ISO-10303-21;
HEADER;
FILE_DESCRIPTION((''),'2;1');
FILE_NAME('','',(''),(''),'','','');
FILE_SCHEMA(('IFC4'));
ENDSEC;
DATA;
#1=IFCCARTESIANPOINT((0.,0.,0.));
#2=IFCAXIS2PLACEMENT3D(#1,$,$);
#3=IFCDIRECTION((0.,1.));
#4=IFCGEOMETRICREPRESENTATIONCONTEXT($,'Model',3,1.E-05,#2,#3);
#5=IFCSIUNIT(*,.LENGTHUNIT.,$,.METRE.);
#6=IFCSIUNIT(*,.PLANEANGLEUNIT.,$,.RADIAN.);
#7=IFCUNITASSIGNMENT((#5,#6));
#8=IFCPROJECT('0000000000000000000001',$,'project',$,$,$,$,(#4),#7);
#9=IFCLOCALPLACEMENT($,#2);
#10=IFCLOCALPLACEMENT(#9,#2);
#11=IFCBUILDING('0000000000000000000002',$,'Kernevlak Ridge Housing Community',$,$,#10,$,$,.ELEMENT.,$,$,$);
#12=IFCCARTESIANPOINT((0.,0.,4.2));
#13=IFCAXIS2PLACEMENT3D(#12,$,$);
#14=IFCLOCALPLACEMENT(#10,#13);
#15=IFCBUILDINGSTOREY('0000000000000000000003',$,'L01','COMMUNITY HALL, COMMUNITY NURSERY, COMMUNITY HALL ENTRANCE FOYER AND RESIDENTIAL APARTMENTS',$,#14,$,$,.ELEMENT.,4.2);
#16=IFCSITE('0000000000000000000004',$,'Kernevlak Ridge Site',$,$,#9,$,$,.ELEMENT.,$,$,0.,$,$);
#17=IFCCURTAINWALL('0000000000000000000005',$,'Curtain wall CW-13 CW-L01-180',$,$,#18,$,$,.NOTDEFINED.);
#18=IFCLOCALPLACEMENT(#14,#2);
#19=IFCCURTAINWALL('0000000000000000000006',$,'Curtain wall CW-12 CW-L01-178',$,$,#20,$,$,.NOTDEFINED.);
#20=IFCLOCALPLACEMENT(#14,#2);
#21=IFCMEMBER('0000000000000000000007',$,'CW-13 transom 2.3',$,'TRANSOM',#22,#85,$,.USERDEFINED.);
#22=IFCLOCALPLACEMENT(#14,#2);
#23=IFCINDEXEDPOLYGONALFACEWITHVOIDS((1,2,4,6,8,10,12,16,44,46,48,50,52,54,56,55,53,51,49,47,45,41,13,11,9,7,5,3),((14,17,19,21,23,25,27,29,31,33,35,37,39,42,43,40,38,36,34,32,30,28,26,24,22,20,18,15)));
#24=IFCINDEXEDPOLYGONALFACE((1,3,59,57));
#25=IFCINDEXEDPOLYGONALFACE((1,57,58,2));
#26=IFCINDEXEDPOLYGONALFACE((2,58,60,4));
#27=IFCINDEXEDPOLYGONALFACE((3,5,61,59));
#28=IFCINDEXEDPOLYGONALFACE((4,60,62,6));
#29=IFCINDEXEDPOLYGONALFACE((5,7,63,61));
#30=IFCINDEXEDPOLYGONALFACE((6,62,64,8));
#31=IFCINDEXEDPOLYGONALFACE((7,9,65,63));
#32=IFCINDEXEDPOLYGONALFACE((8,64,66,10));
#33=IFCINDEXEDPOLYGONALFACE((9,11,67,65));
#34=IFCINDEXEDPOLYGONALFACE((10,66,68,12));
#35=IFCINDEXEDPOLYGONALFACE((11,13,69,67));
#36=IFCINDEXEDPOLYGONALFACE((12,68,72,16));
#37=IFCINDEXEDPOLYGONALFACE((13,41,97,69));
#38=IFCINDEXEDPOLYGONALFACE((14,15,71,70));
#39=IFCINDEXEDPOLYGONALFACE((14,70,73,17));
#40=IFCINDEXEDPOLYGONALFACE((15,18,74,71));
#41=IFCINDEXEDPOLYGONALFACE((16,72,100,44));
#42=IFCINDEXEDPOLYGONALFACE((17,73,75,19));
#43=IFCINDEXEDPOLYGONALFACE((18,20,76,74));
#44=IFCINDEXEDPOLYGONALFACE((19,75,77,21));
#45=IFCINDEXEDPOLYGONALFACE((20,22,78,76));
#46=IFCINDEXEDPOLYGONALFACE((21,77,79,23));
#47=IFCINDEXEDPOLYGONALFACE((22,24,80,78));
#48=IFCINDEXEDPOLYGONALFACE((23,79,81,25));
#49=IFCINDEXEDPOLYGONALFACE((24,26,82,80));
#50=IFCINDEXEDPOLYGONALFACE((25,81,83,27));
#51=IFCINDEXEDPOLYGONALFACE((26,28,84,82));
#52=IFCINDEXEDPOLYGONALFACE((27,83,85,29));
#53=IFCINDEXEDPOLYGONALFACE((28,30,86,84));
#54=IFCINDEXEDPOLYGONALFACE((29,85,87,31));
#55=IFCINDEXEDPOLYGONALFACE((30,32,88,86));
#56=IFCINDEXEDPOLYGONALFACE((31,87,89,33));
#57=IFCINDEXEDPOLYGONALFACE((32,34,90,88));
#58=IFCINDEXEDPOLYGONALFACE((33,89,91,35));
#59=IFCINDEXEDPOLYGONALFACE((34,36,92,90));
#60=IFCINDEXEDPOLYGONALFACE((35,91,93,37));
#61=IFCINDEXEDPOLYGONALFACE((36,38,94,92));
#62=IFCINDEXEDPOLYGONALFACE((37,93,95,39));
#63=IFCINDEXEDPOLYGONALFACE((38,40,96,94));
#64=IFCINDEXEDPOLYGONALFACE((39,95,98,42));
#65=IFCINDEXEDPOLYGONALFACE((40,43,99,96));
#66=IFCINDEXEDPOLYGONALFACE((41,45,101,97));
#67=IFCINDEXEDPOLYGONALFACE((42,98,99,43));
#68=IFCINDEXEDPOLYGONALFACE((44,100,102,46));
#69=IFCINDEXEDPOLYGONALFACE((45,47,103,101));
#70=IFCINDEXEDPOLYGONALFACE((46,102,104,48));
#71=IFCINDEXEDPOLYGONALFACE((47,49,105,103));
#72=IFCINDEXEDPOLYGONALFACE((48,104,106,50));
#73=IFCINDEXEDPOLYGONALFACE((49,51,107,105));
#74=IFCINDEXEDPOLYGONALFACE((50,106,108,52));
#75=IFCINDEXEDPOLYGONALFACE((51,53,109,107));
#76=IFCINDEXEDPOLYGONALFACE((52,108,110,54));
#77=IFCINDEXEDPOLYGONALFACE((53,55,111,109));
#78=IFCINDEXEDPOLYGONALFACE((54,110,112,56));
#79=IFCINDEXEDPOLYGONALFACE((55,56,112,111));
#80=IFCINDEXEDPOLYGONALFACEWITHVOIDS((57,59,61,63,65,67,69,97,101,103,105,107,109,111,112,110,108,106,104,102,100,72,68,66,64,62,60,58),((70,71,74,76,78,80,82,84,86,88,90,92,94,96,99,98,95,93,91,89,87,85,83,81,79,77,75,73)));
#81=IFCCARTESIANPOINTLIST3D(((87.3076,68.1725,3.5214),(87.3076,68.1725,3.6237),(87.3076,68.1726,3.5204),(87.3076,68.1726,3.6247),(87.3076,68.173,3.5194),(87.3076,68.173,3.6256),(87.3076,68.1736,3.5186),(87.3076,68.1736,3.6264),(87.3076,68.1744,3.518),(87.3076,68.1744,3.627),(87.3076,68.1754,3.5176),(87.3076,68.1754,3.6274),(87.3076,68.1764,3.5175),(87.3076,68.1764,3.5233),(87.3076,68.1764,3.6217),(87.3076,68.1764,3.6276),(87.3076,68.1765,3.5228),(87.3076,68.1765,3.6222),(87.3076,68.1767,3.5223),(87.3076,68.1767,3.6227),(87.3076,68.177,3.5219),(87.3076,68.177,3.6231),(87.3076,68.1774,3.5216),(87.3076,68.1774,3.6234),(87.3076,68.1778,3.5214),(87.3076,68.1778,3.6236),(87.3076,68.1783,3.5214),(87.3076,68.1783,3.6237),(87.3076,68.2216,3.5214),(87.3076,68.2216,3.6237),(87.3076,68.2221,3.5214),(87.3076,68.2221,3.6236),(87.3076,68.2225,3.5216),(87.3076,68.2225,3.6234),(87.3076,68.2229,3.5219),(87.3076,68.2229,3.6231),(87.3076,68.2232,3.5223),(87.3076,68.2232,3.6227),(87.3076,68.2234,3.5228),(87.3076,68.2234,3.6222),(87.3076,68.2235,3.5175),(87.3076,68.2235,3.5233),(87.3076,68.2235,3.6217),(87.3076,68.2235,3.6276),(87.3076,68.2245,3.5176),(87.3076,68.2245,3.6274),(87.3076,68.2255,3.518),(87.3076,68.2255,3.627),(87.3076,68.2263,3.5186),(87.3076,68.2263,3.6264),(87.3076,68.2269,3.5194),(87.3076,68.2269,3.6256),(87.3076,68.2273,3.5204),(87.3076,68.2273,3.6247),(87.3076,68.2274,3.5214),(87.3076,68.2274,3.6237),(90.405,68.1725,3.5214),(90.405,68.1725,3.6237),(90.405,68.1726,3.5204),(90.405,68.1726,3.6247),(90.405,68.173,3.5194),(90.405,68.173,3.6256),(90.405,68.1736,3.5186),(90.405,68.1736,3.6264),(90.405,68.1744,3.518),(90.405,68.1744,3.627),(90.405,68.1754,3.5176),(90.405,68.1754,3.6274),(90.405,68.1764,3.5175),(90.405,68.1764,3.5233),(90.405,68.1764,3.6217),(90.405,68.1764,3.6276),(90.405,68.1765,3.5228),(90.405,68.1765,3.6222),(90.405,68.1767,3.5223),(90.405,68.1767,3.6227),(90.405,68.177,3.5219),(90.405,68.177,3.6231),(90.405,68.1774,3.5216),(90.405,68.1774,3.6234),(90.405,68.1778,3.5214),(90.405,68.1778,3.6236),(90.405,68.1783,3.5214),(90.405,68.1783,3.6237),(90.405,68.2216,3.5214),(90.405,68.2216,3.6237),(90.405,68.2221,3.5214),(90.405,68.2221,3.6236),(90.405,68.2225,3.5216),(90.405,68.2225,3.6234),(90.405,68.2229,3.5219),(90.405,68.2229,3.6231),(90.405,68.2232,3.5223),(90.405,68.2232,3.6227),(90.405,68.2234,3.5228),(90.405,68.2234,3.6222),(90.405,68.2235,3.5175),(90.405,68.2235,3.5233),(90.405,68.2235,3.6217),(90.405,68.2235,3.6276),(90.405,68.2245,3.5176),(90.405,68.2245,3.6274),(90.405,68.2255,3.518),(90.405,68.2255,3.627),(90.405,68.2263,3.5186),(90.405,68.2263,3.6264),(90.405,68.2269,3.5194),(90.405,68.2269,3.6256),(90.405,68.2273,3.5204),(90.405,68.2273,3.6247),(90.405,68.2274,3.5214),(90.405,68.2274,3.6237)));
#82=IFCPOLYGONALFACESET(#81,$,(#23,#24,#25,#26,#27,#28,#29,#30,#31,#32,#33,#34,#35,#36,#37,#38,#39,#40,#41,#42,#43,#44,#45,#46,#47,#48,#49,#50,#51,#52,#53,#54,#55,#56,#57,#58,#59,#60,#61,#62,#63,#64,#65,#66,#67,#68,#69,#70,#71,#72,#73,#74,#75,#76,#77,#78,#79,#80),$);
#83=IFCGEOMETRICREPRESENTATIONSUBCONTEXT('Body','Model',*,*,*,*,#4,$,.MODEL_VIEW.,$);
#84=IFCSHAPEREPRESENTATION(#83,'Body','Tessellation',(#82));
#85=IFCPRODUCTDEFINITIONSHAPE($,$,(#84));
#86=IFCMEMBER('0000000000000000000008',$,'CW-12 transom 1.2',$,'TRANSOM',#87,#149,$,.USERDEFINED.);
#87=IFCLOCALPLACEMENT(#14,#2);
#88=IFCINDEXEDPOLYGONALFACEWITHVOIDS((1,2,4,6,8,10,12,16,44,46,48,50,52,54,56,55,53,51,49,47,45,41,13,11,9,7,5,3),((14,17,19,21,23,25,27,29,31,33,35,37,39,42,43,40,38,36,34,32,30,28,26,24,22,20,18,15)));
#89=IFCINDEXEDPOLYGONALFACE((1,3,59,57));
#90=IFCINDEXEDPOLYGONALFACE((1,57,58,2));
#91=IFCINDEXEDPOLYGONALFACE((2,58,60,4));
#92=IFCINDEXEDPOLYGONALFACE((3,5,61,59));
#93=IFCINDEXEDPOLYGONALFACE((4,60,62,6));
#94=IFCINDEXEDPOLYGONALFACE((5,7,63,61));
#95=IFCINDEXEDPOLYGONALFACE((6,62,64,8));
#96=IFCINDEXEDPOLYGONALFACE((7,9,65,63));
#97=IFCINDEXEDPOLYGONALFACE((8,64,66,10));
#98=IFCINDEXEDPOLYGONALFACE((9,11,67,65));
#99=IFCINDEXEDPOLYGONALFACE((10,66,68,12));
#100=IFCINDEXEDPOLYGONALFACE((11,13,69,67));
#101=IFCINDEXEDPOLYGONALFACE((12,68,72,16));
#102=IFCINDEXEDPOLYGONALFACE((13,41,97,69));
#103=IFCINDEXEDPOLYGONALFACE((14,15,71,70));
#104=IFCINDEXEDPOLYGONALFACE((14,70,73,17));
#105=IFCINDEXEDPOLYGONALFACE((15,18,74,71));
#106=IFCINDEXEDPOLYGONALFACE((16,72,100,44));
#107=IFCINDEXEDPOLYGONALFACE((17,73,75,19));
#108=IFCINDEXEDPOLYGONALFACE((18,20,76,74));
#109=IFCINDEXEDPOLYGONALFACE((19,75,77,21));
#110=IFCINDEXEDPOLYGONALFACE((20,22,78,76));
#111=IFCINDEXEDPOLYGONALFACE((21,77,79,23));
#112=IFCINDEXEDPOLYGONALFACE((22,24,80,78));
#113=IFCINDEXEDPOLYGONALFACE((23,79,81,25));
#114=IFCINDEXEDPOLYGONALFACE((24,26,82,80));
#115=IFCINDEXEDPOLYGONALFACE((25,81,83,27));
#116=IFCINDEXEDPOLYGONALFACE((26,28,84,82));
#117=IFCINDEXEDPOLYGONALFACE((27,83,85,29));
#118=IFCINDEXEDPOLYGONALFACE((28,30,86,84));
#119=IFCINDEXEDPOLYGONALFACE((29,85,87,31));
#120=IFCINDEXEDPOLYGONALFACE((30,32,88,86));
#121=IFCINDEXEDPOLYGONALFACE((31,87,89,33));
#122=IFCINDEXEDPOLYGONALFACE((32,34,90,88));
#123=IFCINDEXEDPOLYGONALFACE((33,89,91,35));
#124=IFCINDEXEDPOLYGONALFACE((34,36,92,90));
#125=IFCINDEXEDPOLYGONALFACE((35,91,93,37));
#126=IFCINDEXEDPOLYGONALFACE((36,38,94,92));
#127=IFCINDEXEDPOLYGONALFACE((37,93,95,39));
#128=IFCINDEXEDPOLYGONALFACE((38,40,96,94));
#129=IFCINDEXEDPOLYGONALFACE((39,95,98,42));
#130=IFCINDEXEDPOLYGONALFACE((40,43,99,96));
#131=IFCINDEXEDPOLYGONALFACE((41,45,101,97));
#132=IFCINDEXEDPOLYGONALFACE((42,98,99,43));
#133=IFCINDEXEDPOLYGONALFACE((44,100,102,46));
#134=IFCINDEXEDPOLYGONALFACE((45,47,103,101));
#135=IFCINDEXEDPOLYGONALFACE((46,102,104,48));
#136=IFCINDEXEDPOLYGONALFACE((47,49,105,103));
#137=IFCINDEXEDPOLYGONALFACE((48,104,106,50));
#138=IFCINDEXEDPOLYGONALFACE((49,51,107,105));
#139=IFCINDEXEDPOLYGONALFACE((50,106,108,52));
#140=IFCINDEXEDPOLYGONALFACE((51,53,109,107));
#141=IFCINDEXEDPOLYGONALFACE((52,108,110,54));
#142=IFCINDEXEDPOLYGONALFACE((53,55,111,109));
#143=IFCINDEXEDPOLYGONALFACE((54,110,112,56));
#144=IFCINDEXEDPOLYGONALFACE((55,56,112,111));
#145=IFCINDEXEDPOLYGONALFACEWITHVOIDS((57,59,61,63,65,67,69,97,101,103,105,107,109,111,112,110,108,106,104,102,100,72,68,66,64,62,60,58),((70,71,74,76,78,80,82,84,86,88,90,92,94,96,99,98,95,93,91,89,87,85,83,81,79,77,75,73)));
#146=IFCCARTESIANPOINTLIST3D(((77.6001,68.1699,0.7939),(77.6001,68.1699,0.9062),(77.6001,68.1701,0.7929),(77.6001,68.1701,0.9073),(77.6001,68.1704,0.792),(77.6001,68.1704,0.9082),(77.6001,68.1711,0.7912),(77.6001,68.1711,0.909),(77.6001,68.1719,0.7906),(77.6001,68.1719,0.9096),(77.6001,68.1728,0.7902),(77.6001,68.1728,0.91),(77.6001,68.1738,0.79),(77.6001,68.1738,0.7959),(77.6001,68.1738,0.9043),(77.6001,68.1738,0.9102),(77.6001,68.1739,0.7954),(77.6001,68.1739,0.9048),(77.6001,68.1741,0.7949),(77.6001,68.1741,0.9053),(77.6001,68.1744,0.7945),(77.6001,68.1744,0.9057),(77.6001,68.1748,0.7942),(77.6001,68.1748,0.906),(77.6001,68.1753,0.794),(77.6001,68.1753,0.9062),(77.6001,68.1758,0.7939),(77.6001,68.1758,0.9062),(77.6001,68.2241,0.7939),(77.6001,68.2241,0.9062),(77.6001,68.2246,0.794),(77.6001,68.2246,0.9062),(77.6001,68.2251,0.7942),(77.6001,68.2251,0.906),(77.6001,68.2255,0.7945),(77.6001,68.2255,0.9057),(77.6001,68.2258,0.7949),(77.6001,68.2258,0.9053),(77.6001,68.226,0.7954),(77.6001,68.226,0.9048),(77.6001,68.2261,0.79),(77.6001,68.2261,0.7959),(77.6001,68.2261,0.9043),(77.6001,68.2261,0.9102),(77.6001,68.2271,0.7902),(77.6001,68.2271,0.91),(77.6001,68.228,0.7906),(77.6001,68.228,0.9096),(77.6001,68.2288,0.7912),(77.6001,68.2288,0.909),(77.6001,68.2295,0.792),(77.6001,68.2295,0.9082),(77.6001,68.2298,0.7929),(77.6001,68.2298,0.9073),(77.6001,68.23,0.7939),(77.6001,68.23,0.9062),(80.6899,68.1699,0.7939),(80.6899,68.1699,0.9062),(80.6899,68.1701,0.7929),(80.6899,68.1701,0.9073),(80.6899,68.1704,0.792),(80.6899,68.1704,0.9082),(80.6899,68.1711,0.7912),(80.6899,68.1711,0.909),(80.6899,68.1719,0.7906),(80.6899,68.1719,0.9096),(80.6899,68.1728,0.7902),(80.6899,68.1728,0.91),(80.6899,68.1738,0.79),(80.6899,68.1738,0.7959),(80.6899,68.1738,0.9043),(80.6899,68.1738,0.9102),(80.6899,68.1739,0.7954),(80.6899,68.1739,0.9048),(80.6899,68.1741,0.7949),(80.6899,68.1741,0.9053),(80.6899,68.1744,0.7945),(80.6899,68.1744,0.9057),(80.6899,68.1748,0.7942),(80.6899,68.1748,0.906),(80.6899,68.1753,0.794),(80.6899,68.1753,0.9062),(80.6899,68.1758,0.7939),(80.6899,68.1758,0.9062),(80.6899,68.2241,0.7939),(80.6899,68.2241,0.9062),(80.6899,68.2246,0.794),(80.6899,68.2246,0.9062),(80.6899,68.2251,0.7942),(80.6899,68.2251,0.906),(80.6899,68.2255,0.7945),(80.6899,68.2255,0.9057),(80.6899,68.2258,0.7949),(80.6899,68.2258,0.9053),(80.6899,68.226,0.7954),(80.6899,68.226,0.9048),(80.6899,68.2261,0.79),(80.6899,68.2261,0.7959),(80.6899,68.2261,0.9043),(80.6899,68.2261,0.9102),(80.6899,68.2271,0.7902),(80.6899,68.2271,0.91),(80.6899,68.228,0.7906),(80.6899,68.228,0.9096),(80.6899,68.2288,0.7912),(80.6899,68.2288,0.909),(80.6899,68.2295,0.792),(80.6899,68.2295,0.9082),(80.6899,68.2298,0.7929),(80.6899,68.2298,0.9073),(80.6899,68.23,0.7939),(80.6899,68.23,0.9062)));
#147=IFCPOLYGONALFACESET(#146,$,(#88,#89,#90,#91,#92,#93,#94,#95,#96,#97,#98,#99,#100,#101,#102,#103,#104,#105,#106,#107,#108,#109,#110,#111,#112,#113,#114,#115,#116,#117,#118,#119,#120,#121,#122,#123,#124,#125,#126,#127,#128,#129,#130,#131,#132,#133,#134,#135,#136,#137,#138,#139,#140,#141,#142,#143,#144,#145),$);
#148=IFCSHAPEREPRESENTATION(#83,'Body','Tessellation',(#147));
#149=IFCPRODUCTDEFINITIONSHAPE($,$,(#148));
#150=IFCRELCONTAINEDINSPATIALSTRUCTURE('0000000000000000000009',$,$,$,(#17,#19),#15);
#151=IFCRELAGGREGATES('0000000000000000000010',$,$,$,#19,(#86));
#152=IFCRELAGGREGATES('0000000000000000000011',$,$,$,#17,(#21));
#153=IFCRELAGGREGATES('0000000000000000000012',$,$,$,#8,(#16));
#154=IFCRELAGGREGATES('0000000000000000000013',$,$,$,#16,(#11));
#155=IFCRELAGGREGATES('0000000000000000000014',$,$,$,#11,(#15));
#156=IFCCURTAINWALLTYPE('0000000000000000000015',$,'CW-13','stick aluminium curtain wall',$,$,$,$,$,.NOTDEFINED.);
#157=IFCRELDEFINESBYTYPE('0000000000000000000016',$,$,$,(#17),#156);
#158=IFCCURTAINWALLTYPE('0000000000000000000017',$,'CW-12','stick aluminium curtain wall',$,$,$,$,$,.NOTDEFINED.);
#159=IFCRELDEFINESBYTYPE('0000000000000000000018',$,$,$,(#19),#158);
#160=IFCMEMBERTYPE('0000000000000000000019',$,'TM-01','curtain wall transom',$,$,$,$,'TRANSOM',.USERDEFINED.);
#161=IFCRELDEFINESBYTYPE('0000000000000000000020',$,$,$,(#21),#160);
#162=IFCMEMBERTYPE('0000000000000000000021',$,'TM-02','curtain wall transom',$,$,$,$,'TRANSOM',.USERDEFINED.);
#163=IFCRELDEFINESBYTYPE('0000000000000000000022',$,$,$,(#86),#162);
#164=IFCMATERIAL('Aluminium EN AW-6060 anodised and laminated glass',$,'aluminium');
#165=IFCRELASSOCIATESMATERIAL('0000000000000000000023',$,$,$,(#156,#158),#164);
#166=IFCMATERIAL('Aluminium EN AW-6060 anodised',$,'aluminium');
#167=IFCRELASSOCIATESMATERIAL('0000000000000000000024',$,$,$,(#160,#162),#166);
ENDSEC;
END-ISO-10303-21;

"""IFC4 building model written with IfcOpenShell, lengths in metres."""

from ifc_helpers import new_model, si_unit, direction, frame, origin, origin_2d, place, context, subcontext, project, spatial, hollow_rectangle, extrude, material, material_profile, profile_set, type_object, element, aggregate, save


model = new_model("IFC4")

# Units and contexts
model_context = context("Model", 3, precision=1e-05, world=origin(), true_north=direction((0.0, 1.0)))
body_context = subcontext(model_context, "Body", "Model", "MODEL_VIEW")
ifc_project = project(units=[si_unit("LENGTHUNIT", "METRE"), si_unit("PLANEANGLEUNIT", "RADIAN")], contexts=[model_context])

# Site, building, storey
site_placement = place(None, origin())
site = spatial("IfcSite", under=ifc_project, at=site_placement, Name="Kernevlak Ridge Site", CompositionType="ELEMENT", RefElevation=0.0)
building_placement = place(site_placement, origin())
building = spatial("IfcBuilding", under=site, at=building_placement, Name="Kernevlak Ridge Housing Community", CompositionType="ELEMENT")
storey_placement = place(building_placement, frame((0.0, 0.0, 4.2)))
storey = spatial("IfcBuildingStorey", under=building, at=storey_placement, Name="L01", Description="COMMUNITY HALL, COMMUNITY NURSERY, COMMUNITY HALL ENTRANCE FOYER AND RESIDENTIAL APARTMENTS", CompositionType="ELEMENT", Elevation=4.2)

# Curtain walls
ifc_material_1 = material(Name="Aluminium EN AW-6060 anodised and laminated glass", Category="aluminium")
curtain_wall_type_1 = type_object("IfcCurtainWallType", Name="CW-13", Description="stick aluminium curtain wall", PredefinedType="NOTDEFINED", material=ifc_material_1)
curtain_wall_1_placement = place(storey_placement, origin())
curtain_wall_1 = element("IfcCurtainWall", 1, at=curtain_wall_1_placement, inside=storey, type_object=curtain_wall_type_1, Name="Curtain wall CW-13 CW-L01-180", PredefinedType="NOTDEFINED")
ifc_material_2 = material(Name="Aluminium EN AW-6060 anodised", Category="aluminium")
curtain_wall_type_2 = type_object("IfcCurtainWallType", Name="CW-12", Description="stick aluminium curtain wall", PredefinedType="NOTDEFINED", material=ifc_material_1)
curtain_wall_2_placement = place(storey_placement, origin())
curtain_wall_2 = element("IfcCurtainWall", 2, at=curtain_wall_2_placement, inside=storey, type_object=curtain_wall_type_2, Name="Curtain wall CW-12 CW-L01-178", PredefinedType="NOTDEFINED")

# Members
ifc_material_profile_1 = material_profile(ifc_material_2, hollow_rectangle(XDim=0.0549, YDim=0.1101, WallThickness=0.0039, InnerFilletRadius=0.002, OuterFilletRadius=0.0039, at=origin_2d()), Name="ALU 55x110x4")
ifc_profile_set_1 = profile_set([ifc_material_profile_1], Name="Aluminium EN AW-6060 anodised")
member_type_1 = type_object("IfcMemberType", Name="TM-01", Description="curtain wall transom", ElementType="TRANSOM", PredefinedType="USERDEFINED", material=ifc_profile_set_1)
member_1_placement = place(storey_placement, frame((87.3076, 68.2, 3.5725), z_axis=(1.0, 0.0, 0.0), x_axis=(0.0, 1.0, 0.0)))
member_1 = element("IfcMember", 3, at=member_1_placement, type_object=member_type_1, Name="CW-13 transom 2.3", ObjectType="TRANSOM", PredefinedType="USERDEFINED", context=body_context, shape_type="SweptSolid", body=[
    extrude(hollow_rectangle(XDim=0.0549, YDim=0.1101, WallThickness=0.0039, InnerFilletRadius=0.002, OuterFilletRadius=0.0039, at=origin_2d()), origin(), (0.0, 0.0, 1.0), 3.0974),
])
ifc_material_profile_2 = material_profile(ifc_material_2, hollow_rectangle(XDim=0.0601, YDim=0.1201, WallThickness=0.0039, InnerFilletRadius=0.002, OuterFilletRadius=0.0039, at=origin_2d()), Name="ALU 60x120x4")
ifc_profile_set_2 = profile_set([ifc_material_profile_2], Name="Aluminium EN AW-6060 anodised")
member_type_2 = type_object("IfcMemberType", Name="TM-02", Description="curtain wall transom", ElementType="TRANSOM", PredefinedType="USERDEFINED", material=ifc_profile_set_2)
member_2_placement = place(storey_placement, frame((77.6001, 68.2, 0.8501), z_axis=(1.0, 0.0, 0.0), x_axis=(0.0, 1.0, 0.0)))
member_2 = element("IfcMember", 4, at=member_2_placement, type_object=member_type_2, Name="CW-12 transom 1.2", ObjectType="TRANSOM", PredefinedType="USERDEFINED", context=body_context, shape_type="SweptSolid", body=[
    extrude(hollow_rectangle(XDim=0.0601, YDim=0.1201, WallThickness=0.0039, InnerFilletRadius=0.002, OuterFilletRadius=0.0039, at=origin_2d()), origin(), (0.0, 0.0, 1.0), 3.0898),
])

aggregate(curtain_wall_2, [member_2])
aggregate(curtain_wall_1, [member_1])

save(model, "model.ifc")
